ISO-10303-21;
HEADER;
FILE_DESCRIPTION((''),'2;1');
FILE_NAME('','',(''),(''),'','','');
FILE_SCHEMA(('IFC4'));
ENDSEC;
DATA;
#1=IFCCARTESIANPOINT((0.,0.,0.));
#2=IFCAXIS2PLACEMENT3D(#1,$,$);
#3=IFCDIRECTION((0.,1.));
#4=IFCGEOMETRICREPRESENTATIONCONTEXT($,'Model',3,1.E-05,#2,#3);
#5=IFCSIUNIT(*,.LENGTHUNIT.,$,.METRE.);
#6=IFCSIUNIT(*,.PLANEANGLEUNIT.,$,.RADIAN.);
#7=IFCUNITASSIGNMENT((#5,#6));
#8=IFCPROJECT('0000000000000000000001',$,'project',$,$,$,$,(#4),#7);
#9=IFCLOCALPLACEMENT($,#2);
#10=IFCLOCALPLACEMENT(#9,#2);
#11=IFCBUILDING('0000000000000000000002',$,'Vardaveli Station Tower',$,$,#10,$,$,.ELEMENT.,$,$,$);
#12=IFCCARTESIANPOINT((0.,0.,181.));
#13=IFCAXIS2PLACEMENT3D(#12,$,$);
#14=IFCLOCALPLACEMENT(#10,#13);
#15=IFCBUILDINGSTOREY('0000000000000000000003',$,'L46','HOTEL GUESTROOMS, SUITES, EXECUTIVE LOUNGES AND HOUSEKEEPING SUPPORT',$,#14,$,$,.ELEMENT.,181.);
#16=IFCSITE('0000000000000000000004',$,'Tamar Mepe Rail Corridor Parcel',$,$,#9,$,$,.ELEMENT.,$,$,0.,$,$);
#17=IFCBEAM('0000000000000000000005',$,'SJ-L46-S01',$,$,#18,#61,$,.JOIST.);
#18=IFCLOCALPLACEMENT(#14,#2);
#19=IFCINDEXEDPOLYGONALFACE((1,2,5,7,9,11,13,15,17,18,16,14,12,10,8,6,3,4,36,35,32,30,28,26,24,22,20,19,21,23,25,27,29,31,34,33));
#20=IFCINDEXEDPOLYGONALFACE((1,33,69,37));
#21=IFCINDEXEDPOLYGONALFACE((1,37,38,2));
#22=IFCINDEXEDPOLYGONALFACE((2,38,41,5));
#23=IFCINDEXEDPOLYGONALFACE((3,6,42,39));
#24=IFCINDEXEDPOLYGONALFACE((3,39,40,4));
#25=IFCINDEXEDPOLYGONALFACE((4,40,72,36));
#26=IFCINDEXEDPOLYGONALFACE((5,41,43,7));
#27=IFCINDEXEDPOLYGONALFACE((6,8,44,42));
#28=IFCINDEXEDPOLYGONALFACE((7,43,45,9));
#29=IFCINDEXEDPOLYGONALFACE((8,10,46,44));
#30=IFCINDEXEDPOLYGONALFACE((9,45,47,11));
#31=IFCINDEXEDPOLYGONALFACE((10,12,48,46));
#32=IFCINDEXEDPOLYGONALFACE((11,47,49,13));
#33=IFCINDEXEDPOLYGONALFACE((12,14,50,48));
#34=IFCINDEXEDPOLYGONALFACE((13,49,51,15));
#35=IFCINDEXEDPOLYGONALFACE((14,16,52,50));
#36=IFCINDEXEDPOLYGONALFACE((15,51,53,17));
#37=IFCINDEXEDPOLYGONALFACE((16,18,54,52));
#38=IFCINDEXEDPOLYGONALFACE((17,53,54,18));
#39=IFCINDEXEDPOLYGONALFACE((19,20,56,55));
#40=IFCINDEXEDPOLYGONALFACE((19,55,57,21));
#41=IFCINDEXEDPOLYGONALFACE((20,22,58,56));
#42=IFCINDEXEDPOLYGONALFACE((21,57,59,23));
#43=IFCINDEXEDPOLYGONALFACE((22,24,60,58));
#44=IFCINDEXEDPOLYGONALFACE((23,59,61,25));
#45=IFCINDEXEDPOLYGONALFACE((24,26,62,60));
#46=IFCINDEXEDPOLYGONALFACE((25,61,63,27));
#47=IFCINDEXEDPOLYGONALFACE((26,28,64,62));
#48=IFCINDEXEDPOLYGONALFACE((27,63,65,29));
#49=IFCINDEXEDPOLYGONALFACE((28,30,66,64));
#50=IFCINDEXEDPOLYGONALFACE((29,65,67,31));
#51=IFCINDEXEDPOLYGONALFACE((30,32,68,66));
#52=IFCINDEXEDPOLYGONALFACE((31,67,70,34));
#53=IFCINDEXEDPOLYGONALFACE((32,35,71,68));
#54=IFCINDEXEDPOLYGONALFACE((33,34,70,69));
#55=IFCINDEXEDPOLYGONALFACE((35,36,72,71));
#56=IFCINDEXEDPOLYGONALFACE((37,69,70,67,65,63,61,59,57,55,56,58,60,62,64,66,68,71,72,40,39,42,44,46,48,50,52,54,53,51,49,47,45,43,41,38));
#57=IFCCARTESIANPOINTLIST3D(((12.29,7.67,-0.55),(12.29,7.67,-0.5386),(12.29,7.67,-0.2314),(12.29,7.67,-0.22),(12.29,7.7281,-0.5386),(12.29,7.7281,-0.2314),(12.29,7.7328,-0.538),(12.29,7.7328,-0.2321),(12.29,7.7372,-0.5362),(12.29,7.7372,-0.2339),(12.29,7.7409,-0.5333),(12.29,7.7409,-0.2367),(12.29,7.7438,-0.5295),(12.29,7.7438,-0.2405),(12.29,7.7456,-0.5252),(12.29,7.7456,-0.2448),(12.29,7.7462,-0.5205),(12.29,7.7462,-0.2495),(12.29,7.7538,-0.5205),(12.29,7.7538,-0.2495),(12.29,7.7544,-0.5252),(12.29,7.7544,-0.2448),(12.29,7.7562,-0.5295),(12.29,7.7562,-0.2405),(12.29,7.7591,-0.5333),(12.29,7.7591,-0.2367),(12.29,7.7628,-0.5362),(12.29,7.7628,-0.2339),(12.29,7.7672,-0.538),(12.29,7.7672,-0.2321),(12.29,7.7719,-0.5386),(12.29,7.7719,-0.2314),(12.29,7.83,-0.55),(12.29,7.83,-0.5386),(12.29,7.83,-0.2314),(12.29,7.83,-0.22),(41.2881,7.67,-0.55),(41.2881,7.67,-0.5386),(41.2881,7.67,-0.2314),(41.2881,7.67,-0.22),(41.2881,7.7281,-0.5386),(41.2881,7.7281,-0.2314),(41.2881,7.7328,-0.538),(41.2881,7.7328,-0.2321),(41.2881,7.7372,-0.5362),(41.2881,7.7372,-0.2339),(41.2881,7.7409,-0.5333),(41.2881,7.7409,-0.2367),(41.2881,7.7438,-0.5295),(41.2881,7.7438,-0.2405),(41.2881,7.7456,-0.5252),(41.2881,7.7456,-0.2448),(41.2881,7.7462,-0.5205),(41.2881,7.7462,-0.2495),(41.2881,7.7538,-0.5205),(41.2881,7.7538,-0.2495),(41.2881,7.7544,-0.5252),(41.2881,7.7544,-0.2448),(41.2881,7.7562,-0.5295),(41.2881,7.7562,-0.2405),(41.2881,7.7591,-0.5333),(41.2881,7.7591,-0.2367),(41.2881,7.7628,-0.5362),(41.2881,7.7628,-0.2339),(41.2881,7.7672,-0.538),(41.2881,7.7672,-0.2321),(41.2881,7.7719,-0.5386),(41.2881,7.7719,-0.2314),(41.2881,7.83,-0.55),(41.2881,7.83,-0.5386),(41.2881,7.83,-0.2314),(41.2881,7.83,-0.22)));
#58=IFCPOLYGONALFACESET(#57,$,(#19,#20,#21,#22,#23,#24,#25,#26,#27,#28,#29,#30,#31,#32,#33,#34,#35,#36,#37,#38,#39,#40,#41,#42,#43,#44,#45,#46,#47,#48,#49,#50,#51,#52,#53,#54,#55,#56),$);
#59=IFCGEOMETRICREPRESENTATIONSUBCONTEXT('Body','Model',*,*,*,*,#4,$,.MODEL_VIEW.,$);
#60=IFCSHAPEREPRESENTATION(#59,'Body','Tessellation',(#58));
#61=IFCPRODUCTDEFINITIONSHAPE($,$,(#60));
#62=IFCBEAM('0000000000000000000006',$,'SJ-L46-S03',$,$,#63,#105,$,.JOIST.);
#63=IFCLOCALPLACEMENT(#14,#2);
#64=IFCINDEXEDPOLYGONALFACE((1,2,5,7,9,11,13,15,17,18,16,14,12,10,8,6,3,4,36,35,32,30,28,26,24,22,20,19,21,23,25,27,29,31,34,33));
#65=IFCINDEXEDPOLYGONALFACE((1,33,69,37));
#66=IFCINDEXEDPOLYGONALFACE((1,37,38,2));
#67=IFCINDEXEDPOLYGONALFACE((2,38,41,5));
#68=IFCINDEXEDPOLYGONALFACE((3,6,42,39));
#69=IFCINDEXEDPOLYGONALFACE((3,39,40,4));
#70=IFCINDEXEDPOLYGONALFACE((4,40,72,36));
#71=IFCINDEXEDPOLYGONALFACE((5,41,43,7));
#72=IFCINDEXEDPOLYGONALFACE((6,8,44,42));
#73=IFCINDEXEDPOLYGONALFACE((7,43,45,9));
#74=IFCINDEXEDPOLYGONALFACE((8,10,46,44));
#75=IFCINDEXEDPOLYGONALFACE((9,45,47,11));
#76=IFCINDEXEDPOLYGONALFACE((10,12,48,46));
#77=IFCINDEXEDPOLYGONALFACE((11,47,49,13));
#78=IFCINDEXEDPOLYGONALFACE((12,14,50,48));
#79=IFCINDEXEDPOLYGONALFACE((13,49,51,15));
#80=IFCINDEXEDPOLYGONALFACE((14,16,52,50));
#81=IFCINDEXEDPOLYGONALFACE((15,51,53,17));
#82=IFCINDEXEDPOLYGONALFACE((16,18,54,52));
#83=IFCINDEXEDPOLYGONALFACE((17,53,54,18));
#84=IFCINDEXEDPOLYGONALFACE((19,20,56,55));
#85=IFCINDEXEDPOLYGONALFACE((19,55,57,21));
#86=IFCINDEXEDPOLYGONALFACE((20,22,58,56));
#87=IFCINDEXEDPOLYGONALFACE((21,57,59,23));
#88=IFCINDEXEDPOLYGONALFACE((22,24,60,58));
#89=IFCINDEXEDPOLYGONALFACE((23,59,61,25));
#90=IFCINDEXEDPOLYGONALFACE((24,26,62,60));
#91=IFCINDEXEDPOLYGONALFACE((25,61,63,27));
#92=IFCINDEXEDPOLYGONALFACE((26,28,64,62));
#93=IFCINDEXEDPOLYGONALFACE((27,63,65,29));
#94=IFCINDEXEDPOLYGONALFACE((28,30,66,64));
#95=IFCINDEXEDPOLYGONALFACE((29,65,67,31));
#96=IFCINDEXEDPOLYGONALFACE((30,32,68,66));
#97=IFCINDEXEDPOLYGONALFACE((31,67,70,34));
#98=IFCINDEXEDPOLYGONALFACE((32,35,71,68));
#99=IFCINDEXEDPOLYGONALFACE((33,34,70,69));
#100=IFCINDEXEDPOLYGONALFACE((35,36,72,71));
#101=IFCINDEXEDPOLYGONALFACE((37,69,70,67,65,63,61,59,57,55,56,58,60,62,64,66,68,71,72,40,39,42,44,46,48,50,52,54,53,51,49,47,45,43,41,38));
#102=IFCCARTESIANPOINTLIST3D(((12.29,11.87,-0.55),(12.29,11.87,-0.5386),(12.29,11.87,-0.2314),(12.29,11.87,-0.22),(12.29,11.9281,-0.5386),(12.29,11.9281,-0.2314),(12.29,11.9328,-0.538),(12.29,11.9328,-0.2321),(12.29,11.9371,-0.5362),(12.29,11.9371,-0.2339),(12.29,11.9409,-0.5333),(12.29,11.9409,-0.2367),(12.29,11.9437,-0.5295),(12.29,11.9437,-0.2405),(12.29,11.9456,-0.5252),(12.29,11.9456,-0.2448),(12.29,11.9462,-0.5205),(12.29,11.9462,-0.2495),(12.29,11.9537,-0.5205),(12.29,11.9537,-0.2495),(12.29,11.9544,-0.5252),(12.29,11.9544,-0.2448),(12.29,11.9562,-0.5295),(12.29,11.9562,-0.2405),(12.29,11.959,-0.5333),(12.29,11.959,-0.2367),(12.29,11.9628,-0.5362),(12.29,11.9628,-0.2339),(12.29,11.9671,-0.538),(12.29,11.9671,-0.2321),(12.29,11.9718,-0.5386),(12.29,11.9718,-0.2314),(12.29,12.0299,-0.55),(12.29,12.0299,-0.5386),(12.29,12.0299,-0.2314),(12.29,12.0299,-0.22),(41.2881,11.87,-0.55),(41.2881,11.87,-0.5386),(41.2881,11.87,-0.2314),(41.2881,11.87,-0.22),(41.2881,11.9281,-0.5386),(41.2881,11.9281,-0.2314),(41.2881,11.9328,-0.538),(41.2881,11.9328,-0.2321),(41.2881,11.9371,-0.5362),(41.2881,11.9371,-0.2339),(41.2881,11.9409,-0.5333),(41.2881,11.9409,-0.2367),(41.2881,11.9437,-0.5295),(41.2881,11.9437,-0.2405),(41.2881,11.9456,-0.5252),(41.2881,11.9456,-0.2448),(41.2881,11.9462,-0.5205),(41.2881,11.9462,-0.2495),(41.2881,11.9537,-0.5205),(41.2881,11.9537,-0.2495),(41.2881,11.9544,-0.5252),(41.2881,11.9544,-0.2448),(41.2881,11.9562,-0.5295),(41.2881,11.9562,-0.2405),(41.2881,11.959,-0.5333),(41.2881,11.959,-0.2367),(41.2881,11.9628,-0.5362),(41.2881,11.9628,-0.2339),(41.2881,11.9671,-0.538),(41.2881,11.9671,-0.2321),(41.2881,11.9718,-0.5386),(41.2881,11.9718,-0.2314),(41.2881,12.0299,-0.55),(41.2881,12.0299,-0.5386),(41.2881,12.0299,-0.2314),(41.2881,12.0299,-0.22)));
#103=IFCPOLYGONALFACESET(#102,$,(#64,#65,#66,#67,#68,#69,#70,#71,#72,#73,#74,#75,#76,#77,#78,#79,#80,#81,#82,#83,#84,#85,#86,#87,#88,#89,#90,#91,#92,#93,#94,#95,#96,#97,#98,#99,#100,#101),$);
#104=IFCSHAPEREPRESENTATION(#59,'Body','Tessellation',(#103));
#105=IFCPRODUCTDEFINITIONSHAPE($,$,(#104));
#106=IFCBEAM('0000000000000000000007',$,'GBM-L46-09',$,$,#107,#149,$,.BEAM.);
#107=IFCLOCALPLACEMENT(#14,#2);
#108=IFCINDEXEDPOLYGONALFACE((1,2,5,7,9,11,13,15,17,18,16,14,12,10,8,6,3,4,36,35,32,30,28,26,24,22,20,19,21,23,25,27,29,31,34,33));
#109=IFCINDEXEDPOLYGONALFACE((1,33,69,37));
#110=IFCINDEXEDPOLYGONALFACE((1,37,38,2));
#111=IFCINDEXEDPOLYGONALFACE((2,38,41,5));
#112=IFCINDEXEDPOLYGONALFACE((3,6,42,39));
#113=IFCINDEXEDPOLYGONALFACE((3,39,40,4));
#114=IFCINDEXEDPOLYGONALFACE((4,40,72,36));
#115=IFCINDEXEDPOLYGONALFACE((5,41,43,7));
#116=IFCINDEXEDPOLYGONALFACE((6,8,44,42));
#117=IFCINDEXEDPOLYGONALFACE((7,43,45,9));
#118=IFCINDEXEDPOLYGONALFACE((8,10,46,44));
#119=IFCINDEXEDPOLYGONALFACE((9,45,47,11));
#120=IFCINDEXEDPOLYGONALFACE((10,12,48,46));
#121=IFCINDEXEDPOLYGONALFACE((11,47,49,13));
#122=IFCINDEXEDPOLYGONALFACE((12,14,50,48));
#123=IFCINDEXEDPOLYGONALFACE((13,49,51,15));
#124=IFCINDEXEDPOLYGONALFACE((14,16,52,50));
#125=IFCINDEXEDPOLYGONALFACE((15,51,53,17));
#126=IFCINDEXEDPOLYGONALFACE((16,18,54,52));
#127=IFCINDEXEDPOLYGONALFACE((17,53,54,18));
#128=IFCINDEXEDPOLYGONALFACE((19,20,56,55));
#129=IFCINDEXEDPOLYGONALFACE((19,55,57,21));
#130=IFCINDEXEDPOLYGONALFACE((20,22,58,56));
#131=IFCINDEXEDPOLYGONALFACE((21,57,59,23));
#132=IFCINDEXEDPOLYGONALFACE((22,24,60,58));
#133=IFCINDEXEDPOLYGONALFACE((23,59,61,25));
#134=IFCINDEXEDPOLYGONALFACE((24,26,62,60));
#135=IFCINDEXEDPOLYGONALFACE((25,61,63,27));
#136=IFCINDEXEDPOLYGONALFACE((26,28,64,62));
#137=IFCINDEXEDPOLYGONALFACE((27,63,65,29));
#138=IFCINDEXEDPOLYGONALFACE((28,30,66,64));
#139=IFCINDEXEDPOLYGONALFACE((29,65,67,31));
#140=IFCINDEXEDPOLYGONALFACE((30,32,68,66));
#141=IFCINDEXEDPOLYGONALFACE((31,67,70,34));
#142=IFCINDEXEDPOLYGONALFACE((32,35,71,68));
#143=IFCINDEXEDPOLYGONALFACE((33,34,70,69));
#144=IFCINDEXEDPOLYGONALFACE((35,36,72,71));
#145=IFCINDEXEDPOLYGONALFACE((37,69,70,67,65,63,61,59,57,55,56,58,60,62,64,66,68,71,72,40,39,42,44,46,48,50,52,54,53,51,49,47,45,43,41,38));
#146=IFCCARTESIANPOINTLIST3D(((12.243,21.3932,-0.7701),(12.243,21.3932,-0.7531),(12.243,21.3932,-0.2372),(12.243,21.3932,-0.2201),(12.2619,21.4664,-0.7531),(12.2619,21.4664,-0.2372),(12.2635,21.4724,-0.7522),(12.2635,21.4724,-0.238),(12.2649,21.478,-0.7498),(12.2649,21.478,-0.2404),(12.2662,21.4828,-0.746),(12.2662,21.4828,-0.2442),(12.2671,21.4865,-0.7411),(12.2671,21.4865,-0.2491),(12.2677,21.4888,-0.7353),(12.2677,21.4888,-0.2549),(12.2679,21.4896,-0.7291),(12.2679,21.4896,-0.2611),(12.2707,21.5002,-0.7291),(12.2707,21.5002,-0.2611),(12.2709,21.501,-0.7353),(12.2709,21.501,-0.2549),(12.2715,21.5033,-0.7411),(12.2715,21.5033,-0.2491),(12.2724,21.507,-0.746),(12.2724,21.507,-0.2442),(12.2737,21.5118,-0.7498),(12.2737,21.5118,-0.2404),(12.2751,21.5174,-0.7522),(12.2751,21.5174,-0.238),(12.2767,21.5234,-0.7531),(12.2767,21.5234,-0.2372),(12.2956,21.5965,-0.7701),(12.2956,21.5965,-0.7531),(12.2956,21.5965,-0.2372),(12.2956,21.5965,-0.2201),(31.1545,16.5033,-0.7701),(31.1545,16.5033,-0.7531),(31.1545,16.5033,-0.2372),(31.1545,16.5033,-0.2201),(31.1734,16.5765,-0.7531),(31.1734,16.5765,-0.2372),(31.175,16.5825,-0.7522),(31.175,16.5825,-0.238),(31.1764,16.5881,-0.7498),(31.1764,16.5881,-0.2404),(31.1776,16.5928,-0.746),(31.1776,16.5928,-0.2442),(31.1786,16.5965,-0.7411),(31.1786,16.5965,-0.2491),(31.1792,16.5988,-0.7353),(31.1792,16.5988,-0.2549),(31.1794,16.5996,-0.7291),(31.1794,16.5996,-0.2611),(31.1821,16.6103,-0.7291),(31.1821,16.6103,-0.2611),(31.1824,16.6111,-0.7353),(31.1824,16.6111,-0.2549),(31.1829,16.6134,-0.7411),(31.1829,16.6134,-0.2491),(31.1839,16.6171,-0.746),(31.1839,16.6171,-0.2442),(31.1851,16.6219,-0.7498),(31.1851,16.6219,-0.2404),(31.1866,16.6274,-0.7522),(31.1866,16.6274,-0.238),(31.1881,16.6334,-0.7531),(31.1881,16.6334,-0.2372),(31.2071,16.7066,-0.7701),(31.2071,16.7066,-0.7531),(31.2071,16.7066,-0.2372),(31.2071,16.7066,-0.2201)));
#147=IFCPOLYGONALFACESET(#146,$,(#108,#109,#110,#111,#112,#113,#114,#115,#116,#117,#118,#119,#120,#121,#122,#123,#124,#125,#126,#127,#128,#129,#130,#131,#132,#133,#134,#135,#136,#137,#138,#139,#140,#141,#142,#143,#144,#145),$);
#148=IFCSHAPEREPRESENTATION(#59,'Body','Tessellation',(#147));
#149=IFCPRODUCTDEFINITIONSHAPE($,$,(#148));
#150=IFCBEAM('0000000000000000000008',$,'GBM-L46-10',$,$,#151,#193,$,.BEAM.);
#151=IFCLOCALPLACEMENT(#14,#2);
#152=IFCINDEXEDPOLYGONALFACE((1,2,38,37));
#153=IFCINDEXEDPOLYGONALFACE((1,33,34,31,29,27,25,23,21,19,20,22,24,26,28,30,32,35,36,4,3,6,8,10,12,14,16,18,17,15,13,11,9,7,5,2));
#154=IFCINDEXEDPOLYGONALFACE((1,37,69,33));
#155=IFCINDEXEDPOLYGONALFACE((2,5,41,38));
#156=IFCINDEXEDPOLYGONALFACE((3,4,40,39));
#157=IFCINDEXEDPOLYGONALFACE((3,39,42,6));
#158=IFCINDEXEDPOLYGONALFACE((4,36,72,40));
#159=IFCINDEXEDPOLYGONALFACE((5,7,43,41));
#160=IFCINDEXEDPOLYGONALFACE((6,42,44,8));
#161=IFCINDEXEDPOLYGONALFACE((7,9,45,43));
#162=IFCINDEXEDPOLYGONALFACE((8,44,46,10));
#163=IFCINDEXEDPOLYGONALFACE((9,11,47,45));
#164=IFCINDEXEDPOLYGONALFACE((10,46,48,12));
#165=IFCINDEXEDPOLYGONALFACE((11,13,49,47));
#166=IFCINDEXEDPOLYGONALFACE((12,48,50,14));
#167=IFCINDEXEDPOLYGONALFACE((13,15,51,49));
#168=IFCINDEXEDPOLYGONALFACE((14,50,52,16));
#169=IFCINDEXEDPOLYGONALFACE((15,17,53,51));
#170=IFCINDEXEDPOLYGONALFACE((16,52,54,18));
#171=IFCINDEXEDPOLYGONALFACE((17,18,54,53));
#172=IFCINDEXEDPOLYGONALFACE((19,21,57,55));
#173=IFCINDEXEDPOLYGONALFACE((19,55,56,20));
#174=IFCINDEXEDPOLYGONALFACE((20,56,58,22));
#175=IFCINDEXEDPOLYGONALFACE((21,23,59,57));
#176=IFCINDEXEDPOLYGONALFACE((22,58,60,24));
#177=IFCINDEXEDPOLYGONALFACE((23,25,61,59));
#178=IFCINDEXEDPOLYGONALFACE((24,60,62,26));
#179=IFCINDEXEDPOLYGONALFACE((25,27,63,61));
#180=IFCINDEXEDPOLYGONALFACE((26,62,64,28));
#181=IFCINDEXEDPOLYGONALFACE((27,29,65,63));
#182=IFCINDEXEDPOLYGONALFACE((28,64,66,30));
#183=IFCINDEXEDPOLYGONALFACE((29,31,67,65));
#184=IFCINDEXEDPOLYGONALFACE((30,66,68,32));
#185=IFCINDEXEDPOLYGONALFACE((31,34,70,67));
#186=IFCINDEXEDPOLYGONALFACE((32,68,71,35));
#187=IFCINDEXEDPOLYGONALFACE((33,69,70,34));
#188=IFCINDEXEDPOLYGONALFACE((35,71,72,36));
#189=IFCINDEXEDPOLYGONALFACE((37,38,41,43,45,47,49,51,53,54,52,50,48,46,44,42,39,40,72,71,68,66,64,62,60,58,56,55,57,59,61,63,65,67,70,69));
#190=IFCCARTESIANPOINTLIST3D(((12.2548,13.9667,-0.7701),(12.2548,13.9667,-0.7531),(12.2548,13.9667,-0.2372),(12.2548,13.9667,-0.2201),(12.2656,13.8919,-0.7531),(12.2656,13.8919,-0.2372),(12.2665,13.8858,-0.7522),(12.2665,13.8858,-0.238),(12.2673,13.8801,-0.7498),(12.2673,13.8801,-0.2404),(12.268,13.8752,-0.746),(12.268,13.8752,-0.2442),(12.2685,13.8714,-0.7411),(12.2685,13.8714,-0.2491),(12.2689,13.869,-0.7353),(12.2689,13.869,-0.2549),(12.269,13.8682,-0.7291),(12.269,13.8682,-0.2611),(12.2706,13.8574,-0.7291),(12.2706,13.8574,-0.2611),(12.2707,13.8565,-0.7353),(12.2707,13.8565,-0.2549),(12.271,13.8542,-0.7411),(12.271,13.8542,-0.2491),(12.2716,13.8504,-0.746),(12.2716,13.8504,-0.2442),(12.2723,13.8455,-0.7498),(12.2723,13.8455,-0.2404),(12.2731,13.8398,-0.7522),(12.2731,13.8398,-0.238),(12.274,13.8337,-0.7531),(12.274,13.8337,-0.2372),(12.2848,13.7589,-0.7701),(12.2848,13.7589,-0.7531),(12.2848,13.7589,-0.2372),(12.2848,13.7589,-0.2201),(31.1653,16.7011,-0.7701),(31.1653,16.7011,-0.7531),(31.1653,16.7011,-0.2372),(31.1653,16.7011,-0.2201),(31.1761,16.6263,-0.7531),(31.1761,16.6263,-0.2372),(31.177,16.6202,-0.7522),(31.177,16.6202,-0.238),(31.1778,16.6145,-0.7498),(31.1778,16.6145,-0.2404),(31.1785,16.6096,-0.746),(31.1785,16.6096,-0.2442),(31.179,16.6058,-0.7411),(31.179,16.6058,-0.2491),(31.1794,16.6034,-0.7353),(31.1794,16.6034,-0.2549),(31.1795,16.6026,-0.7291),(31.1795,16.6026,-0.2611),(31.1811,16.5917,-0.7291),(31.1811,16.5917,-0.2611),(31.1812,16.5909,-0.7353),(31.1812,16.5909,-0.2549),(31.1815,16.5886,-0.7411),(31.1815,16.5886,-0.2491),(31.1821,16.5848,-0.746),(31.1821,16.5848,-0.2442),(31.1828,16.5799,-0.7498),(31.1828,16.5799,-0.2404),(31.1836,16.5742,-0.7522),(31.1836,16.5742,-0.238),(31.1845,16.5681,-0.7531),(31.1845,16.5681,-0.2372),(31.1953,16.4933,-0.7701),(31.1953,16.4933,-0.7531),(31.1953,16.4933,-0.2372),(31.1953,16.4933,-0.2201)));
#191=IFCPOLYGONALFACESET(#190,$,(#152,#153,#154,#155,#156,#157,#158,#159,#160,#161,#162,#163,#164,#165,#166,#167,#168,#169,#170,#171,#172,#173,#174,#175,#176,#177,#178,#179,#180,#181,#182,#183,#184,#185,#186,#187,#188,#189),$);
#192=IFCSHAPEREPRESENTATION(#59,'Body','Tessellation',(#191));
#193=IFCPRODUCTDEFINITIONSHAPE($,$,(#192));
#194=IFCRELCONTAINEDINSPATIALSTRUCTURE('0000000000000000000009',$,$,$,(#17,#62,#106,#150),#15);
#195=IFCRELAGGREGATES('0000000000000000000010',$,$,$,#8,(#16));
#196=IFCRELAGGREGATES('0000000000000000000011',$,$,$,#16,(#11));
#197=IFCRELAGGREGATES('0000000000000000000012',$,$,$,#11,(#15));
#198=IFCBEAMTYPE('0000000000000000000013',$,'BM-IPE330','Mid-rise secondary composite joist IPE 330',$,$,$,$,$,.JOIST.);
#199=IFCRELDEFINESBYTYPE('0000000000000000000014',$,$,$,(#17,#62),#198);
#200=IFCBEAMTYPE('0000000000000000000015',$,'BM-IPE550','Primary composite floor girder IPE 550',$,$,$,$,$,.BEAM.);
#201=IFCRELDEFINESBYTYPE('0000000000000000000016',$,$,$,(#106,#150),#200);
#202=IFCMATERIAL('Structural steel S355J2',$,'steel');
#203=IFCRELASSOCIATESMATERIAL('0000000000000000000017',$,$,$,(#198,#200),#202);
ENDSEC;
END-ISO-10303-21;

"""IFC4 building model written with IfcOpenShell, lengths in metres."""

from ifc_helpers import new_model, si_unit, direction, frame, origin, origin_2d, place, context, subcontext, project, spatial, i_section, extrude, source, transform, mapped, material, material_profile, profile_set, type_object, element, save


model = new_model("IFC4")

# Units and contexts
model_context = context("Model", 3, precision=1e-05, world=origin(), true_north=direction((0.0, 1.0)))
body_context = subcontext(model_context, "Body", "Model", "MODEL_VIEW")
ifc_project = project(units=[si_unit("LENGTHUNIT", "METRE"), si_unit("PLANEANGLEUNIT", "RADIAN")], contexts=[model_context])

# Site, building, storey
site_placement = place(None, origin())
site = spatial("IfcSite", under=ifc_project, at=site_placement, Name="Tamar Mepe Rail Corridor Parcel", CompositionType="ELEMENT", RefElevation=0.0)
building_placement = place(site_placement, origin())
building = spatial("IfcBuilding", under=site, at=building_placement, Name="Vardaveli Station Tower", CompositionType="ELEMENT")
storey_placement = place(building_placement, frame((0.0, 0.0, 181.0)))
storey = spatial("IfcBuildingStorey", under=building, at=storey_placement, Name="L46", Description="HOTEL GUESTROOMS, SUITES, EXECUTIVE LOUNGES AND HOUSEKEEPING SUPPORT", CompositionType="ELEMENT", Elevation=181.0)

# Beams
ifc_material_1 = material(Name="Structural steel S355J2", Category="steel")
ifc_material_profile_1 = material_profile(ifc_material_1, i_section(OverallWidth=0.1599, OverallDepth=0.3301, WebThickness=0.0076, FlangeThickness=0.0115, FilletRadius=0.0181, at=origin_2d()), Name="IPE 330")
ifc_profile_set_1 = profile_set([ifc_material_profile_1], Name="Structural steel S355J2")
beam_type_1 = type_object("IfcBeamType", Name="BM-IPE330", Description="Mid-rise secondary composite joist IPE 330", PredefinedType="JOIST", material=ifc_profile_set_1)
shared_shape_1 = source(origin(), body_context, "Body", "SweptSolid", [
    extrude(i_section(OverallWidth=0.1599, OverallDepth=0.3301, WebThickness=0.0076, FlangeThickness=0.0115, FilletRadius=0.0181, at=origin_2d()), origin(), (0.0, 0.0, 1.0), 28.998),
])
for number, where, z_axis, x_axis, name in (
    (1, (12.29, 7.75, -0.385), (1.0, 0.0, 0.0), (0.0, 1.0, 0.0), "SJ-L46-S01"),
    (2, (12.29, 11.95, -0.385), (1.0, 0.0, 0.0), (0.0, 1.0, 0.0), "SJ-L46-S03"),
):
    element("IfcBeam", number, at=place(storey_placement, frame(where, z_axis=z_axis, x_axis=x_axis)), inside=storey, type_object=beam_type_1, Name=name, PredefinedType="JOIST", context=body_context, shape_type="MappedRepresentation", body=[
        mapped(shared_shape_1, transform((0.0, 0.0, 0.0), scale=1.0)),
    ])
ifc_material_profile_2 = material_profile(ifc_material_1, i_section(OverallWidth=0.21, OverallDepth=0.55, WebThickness=0.011, FlangeThickness=0.0171, FilletRadius=0.0239, at=origin_2d()), Name="IPE 550")
ifc_profile_set_2 = profile_set([ifc_material_profile_2], Name="Structural steel S355J2")
beam_type_2 = type_object("IfcBeamType", Name="BM-IPE550", Description="Primary composite floor girder IPE 550", PredefinedType="BEAM", material=ifc_profile_set_2)
shared_shape_2 = source(origin(), body_context, "Body", "SweptSolid", [
    extrude(i_section(OverallWidth=0.21, OverallDepth=0.55, WebThickness=0.011, FlangeThickness=0.0171, FilletRadius=0.0239, at=origin_2d()), origin(), (0.0, 0.0, 1.0), 19.5334),
])
beam_1_placement = place(storey_placement, frame((12.2693, 21.4949, -0.4951), z_axis=(0.968159, -0.250336, 0.0), x_axis=(0.250336, 0.968159, 0.0)))
element("IfcBeam", 3, at=beam_1_placement, inside=storey, type_object=beam_type_2, Name="GBM-L46-09", PredefinedType="BEAM", context=body_context, shape_type="MappedRepresentation", body=[
    mapped(shared_shape_2, transform((0.0, 0.0, 0.0), scale=1.0)),
])
shared_shape_3 = source(origin(), body_context, "Body", "SweptSolid", [
    extrude(i_section(OverallWidth=0.21, OverallDepth=0.55, WebThickness=0.011, FlangeThickness=0.0171, FilletRadius=0.0239, at=origin_2d()), origin(), (0.0, 0.0, 1.0), 19.1072),
])
beam_2_placement = place(storey_placement, frame((12.2698, 13.8628, -0.4951), z_axis=(0.989707, 0.143108, 0.0), x_axis=(-0.143108, 0.989707, 0.0)))
element("IfcBeam", 4, at=beam_2_placement, inside=storey, type_object=beam_type_2, Name="GBM-L46-10", PredefinedType="BEAM", context=body_context, shape_type="MappedRepresentation", body=[
    mapped(shared_shape_3, transform((0.0, 0.0, 0.0), scale=1.0)),
])

save(model, "model.ifc")
